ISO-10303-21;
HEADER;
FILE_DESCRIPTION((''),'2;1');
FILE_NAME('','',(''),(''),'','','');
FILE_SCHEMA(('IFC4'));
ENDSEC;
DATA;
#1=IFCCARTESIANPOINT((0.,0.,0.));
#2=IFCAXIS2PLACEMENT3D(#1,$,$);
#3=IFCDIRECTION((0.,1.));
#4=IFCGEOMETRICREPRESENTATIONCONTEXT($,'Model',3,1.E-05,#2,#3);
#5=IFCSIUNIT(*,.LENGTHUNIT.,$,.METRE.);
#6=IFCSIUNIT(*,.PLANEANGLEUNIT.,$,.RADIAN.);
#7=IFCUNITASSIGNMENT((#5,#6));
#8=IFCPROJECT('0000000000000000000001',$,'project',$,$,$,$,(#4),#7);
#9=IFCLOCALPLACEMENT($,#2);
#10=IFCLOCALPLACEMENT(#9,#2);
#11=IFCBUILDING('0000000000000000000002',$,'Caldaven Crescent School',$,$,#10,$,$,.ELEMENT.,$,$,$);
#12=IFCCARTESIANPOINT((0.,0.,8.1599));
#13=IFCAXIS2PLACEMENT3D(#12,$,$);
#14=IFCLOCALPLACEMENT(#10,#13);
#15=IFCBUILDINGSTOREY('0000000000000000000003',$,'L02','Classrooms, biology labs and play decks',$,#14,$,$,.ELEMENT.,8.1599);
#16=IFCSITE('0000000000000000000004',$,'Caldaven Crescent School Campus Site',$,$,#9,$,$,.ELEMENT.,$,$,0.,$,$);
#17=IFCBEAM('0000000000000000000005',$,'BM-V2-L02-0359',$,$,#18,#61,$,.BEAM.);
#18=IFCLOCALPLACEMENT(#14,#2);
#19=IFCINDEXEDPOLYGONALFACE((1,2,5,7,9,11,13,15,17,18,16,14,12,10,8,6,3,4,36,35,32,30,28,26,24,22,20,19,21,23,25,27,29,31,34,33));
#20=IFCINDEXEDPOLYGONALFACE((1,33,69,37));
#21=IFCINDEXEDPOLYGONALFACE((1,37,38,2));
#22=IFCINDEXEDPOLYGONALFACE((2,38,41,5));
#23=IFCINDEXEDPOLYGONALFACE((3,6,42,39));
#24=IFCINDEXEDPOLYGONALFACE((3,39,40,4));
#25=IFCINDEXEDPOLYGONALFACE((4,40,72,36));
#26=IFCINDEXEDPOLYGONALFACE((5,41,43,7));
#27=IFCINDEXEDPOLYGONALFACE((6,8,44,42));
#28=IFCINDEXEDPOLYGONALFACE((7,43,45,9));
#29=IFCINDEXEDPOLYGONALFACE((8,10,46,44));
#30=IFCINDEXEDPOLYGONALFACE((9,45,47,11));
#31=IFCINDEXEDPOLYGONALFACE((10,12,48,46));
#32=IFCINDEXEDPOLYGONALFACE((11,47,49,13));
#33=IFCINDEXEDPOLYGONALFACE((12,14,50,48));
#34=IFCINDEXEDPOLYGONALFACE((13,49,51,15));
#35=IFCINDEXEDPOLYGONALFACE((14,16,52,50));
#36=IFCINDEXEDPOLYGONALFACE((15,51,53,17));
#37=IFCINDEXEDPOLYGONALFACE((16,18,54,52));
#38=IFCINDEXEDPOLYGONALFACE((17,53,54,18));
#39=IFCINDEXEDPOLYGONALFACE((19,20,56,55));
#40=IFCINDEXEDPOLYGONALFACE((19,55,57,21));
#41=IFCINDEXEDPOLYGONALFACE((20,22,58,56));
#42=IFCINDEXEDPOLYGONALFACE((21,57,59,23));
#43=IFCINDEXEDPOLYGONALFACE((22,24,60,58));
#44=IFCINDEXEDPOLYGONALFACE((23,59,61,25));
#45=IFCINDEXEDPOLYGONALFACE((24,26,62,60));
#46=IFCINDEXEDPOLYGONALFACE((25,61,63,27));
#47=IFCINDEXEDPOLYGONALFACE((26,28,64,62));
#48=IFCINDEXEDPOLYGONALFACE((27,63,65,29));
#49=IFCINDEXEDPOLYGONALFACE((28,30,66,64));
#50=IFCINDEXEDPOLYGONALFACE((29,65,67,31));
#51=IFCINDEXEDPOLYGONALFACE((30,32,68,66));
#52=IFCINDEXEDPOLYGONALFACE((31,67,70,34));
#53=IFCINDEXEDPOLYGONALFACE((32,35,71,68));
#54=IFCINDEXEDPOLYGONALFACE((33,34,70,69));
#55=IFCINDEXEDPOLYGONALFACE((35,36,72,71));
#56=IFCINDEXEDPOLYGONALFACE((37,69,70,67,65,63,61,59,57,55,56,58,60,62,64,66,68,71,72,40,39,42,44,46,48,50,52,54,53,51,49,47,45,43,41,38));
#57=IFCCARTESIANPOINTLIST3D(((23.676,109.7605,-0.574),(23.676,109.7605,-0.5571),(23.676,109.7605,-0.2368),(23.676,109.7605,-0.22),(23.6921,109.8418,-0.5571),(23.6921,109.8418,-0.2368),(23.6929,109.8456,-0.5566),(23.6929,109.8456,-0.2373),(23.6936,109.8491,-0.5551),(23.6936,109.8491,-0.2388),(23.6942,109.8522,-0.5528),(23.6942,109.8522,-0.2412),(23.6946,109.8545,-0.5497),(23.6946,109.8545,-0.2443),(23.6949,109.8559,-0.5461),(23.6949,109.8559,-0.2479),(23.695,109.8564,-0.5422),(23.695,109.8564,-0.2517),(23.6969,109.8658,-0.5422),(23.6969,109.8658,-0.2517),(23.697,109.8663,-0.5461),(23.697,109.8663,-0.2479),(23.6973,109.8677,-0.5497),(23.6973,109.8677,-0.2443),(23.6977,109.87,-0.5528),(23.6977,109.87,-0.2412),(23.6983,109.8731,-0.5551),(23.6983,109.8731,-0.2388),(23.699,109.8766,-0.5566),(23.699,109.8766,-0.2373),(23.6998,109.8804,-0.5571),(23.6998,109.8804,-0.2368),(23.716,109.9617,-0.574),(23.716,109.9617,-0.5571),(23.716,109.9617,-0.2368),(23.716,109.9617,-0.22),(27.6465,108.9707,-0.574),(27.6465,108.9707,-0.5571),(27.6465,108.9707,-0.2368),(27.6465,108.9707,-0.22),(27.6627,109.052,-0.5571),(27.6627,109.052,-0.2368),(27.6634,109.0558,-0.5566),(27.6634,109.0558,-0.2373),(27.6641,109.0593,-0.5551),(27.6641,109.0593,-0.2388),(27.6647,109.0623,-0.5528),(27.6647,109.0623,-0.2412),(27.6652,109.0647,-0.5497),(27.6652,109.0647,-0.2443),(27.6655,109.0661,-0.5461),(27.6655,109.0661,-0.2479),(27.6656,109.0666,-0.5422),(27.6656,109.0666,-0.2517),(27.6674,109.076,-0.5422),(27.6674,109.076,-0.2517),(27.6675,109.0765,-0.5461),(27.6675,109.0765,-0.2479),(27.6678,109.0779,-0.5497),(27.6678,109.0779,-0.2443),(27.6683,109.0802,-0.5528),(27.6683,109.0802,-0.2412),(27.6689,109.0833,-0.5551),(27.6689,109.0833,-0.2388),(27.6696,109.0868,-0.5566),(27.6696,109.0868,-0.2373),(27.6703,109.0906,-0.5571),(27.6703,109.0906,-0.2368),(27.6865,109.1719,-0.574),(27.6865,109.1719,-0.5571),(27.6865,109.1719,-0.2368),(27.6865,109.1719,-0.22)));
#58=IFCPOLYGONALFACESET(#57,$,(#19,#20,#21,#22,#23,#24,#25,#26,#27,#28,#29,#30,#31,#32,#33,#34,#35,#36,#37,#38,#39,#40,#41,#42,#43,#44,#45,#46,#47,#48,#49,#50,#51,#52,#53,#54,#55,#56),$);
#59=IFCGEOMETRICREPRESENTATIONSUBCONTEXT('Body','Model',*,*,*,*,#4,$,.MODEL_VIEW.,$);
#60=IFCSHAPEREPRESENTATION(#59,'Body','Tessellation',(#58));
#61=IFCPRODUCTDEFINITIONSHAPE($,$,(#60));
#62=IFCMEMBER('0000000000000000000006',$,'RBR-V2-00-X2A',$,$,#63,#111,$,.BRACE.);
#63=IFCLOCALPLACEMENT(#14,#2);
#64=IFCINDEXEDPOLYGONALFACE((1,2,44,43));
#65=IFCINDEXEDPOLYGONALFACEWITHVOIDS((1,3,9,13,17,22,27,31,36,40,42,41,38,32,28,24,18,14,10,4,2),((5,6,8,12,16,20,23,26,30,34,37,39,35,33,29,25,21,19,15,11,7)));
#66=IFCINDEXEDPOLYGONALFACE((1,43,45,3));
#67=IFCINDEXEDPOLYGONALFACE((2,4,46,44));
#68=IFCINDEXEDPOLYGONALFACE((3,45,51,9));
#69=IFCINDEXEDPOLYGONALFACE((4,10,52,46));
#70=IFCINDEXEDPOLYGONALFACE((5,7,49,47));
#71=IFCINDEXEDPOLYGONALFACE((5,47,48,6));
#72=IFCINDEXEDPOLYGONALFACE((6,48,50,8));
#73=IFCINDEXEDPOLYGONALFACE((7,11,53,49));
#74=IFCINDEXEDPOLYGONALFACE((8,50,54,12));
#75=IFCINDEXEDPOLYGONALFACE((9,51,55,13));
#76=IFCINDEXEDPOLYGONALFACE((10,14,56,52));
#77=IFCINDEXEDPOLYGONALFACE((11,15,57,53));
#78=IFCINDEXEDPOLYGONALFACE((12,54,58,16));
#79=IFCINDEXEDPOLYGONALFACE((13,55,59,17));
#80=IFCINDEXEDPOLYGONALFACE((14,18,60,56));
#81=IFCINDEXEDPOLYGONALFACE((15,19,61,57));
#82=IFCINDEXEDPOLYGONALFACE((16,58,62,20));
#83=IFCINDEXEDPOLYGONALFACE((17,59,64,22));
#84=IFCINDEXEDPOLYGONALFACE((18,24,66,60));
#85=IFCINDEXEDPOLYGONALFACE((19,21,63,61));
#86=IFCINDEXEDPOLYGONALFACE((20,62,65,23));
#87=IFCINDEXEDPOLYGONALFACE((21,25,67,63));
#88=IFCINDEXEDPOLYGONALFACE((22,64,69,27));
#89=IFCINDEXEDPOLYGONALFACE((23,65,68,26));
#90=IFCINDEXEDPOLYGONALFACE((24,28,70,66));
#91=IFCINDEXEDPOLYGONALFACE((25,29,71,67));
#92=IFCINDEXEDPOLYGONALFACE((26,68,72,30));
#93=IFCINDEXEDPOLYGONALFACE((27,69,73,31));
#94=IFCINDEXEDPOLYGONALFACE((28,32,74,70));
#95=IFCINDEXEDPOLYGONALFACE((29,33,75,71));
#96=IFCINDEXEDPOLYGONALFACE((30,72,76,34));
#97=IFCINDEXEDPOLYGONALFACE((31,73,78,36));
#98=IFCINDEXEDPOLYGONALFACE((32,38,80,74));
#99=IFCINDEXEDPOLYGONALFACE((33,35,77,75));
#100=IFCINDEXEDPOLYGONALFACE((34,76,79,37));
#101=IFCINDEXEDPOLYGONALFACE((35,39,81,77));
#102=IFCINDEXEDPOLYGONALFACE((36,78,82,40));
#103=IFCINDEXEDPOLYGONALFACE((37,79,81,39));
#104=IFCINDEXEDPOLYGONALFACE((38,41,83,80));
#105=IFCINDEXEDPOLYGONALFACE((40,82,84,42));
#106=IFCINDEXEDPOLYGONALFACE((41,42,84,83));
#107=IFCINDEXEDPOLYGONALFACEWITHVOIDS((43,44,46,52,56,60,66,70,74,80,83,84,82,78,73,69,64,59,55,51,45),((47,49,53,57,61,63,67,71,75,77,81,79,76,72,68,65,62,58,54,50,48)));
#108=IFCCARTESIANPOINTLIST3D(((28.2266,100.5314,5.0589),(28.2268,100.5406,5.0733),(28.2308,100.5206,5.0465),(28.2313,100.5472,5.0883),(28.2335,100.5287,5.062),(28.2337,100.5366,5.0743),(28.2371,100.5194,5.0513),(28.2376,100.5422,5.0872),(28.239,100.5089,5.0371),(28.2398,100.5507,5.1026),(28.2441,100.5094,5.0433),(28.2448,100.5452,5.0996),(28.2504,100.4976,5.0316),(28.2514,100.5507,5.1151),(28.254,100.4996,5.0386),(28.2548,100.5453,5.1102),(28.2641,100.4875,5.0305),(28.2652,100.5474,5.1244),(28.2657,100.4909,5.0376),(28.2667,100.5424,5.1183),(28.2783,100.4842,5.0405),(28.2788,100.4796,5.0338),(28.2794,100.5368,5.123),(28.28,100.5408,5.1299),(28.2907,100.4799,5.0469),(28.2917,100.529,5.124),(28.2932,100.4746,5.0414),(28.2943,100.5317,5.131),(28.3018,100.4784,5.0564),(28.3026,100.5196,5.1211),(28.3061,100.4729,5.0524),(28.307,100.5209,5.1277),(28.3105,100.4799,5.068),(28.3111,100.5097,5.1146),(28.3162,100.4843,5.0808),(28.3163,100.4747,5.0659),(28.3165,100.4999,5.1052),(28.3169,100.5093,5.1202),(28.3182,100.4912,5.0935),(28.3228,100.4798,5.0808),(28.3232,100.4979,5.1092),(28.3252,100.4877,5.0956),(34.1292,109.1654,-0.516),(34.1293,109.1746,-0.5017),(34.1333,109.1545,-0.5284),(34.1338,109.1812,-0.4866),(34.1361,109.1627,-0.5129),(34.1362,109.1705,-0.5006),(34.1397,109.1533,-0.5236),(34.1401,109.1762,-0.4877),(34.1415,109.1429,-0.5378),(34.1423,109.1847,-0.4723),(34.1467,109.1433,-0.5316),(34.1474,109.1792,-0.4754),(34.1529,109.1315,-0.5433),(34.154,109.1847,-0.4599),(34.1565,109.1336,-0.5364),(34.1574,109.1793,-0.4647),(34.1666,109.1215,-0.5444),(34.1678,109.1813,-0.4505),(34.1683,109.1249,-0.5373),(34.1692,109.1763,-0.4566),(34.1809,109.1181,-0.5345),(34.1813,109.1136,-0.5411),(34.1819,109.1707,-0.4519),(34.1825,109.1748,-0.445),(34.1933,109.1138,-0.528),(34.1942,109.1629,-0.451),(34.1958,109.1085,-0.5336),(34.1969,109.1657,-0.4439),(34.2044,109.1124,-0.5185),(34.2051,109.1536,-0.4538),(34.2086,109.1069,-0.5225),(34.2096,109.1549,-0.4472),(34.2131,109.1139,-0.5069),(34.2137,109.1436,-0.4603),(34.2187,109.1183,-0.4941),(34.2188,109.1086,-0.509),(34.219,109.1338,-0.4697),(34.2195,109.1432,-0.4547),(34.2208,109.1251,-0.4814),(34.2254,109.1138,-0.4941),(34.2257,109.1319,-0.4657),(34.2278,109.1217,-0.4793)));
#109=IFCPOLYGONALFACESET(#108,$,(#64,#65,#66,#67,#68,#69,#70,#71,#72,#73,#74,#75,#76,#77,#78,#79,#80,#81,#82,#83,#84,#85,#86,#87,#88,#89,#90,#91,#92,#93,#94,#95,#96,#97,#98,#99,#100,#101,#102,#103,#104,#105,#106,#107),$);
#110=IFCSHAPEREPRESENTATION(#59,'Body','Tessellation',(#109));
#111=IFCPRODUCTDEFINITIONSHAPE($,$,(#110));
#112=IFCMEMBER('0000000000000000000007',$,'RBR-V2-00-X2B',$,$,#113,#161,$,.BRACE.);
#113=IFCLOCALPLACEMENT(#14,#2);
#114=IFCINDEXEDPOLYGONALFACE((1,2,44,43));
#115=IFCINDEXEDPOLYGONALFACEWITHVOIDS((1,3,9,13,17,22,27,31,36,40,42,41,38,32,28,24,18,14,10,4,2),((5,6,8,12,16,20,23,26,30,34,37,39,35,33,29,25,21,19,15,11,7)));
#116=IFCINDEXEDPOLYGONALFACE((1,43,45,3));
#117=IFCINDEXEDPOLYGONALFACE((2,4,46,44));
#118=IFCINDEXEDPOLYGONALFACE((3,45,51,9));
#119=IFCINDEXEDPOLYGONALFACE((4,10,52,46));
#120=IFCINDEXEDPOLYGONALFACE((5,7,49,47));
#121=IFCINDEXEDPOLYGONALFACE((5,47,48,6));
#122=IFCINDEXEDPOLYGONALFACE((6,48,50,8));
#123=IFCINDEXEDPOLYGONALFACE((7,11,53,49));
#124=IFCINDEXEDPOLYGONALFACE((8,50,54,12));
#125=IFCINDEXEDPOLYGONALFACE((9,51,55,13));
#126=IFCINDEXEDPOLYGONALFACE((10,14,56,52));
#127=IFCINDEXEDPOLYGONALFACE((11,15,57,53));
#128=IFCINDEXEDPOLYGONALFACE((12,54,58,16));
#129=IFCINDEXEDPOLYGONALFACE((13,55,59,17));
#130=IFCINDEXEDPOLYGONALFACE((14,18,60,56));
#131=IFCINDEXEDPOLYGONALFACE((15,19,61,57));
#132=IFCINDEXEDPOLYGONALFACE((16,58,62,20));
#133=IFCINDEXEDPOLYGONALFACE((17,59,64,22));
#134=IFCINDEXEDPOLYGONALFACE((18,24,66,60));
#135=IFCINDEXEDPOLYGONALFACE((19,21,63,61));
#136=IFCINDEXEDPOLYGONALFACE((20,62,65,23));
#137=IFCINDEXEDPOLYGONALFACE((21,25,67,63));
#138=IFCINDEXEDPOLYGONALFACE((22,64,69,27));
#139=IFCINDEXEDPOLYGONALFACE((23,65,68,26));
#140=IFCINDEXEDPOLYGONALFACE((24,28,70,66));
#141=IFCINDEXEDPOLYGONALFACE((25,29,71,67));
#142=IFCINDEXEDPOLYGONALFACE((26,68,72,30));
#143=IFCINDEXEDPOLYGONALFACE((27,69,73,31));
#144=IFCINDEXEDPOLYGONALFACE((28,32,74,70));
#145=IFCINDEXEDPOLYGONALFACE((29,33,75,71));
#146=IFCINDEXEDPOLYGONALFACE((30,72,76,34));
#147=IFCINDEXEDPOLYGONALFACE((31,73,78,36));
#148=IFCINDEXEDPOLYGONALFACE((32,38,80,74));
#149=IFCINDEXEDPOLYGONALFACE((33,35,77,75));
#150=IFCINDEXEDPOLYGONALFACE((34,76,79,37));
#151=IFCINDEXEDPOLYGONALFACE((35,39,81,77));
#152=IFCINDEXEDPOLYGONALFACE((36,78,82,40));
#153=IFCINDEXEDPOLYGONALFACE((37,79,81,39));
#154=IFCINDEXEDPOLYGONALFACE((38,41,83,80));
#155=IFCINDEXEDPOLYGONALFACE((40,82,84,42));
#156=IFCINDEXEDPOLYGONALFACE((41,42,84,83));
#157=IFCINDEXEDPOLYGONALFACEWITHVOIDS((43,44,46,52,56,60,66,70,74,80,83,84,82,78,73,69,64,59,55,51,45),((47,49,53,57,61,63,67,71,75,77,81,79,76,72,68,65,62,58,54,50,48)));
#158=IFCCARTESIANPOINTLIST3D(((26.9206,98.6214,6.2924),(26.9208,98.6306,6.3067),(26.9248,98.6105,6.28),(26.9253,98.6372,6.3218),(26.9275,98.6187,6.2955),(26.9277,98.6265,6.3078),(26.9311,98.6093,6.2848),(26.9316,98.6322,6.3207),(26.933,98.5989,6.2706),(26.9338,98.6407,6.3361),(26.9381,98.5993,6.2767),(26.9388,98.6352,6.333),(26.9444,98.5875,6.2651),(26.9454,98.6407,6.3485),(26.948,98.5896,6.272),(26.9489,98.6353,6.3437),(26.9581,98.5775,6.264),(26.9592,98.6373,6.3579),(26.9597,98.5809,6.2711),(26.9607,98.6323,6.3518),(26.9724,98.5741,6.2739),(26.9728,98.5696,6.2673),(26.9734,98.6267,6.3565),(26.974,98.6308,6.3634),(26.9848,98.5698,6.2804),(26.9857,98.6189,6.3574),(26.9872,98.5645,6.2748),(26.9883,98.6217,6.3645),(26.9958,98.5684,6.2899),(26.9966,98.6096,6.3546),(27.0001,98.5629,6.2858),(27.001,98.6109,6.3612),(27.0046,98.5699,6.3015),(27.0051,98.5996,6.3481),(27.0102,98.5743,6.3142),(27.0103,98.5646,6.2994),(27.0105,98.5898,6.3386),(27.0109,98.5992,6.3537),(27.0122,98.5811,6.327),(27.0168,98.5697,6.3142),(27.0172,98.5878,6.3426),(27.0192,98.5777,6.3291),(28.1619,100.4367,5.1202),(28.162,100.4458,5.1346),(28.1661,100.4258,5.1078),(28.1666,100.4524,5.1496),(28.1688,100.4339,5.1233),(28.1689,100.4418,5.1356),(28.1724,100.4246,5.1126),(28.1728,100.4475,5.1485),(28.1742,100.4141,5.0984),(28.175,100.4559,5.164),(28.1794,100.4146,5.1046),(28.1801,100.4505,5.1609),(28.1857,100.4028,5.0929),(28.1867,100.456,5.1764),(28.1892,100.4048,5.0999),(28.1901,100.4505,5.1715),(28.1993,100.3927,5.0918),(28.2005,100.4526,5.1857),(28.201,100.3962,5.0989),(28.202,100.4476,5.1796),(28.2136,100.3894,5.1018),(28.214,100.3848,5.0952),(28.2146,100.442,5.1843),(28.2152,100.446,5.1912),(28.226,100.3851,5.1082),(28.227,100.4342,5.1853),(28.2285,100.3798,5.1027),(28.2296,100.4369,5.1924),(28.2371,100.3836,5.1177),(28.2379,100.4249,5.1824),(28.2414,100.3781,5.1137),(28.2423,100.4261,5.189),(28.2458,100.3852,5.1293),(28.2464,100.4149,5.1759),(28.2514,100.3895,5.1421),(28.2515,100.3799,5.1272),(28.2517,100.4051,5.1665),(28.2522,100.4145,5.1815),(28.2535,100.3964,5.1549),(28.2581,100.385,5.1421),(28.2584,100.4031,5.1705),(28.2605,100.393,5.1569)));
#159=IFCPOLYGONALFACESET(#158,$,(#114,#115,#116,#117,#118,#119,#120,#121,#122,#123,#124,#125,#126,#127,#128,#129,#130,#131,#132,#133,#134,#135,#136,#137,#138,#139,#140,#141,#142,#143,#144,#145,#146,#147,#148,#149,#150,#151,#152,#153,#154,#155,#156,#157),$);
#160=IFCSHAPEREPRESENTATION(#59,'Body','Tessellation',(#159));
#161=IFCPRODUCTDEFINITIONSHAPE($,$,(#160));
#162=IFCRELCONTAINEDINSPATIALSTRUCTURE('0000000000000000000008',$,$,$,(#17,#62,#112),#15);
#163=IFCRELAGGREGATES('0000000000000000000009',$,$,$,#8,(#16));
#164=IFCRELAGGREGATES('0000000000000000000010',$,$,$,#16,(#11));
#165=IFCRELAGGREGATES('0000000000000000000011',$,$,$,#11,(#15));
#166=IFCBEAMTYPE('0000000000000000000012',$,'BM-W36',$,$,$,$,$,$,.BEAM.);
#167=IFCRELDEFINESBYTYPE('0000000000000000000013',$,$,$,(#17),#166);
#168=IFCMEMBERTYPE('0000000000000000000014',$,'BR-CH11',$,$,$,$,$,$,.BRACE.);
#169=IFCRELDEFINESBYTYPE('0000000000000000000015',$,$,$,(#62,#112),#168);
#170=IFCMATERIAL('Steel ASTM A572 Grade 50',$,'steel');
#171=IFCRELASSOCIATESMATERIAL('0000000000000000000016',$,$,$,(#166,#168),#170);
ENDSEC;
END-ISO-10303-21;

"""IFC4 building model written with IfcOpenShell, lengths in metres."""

from ifc_helpers import new_model, si_unit, direction, frame, origin, origin_2d, place, context, subcontext, project, spatial, hollow_circle, i_section, extrude, material, material_profile, profile_set, type_object, element, save


model = new_model("IFC4")

# Units and contexts
model_context = context("Model", 3, precision=1e-05, world=origin(), true_north=direction((0.0, 1.0)))
body_context = subcontext(model_context, "Body", "Model", "MODEL_VIEW")
ifc_project = project(units=[si_unit("LENGTHUNIT", "METRE"), si_unit("PLANEANGLEUNIT", "RADIAN")], contexts=[model_context])

# Site, building, storey
site_placement = place(None, origin())
site = spatial("IfcSite", under=ifc_project, at=site_placement, Name="Caldaven Crescent School Campus Site", CompositionType="ELEMENT", RefElevation=0.0)
building_placement = place(site_placement, origin())
building = spatial("IfcBuilding", under=site, at=building_placement, Name="Caldaven Crescent School", CompositionType="ELEMENT")
storey_placement = place(building_placement, frame((0.0, 0.0, 8.1599)))
storey = spatial("IfcBuildingStorey", under=building, at=storey_placement, Name="L02", Description="Classrooms, biology labs and play decks", CompositionType="ELEMENT", Elevation=8.1599)

# Beam
ifc_material_1 = material(Name="Steel ASTM A572 Grade 50", Category="steel")
ifc_material_profile_1 = material_profile(ifc_material_1, i_section(OverallWidth=0.2051, OverallDepth=0.354, WebThickness=0.0095, FlangeThickness=0.0168, FilletRadius=0.0149, at=origin_2d()), Name="W360x79")
ifc_profile_set_1 = profile_set([ifc_material_profile_1], Name="Steel ASTM A572 Grade 50")
beam_type_1 = type_object("IfcBeamType", Name="BM-W36", PredefinedType="BEAM", material=ifc_profile_set_1)
beam_1_placement = place(storey_placement, frame((27.6665, 109.0713, -0.397), z_axis=(-0.980784, 0.195095, 0.0), x_axis=(-0.195095, -0.980784, 0.0)))
element("IfcBeam", 1, at=beam_1_placement, inside=storey, type_object=beam_type_1, Name="BM-V2-L02-0359", PredefinedType="BEAM", context=body_context, shape_type="SweptSolid", body=[
    extrude(i_section(OverallWidth=0.2051, OverallDepth=0.354, WebThickness=0.0095, FlangeThickness=0.0168, FilletRadius=0.0149, at=origin_2d()), origin(), (0.0, 0.0, 1.0), 4.0483),
])

# Members
ifc_material_profile_2 = material_profile(ifc_material_1, hollow_circle(Radius=0.0571, WallThickness=0.0081, at=origin_2d()), Name="CHS 114.3x8.0")
ifc_profile_set_2 = profile_set([ifc_material_profile_2], Name="Steel ASTM A572 Grade 50")
member_type_1 = type_object("IfcMemberType", Name="BR-CH11", PredefinedType="BRACE", material=ifc_profile_set_2)
member_1_placement = place(storey_placement, frame((34.1782, 109.146, -0.4941), z_axis=(-0.49803, -0.728495, 0.470385), x_axis=(0.825526, -0.564364, 0.0)))
element("IfcMember", 2, at=member_1_placement, inside=storey, type_object=member_type_1, Name="RBR-V2-00-X2A", PredefinedType="BRACE", context=body_context, shape_type="SweptSolid", body=[
    extrude(hollow_circle(Radius=0.0571, WallThickness=0.0081, at=origin_2d()), origin(), (0.0, 0.0, 1.0), 11.8518),
])
member_2_placement = place(storey_placement, frame((28.2109, 100.4172, 5.1421), z_axis=(-0.498106, -0.728446, 0.470379), x_axis=(0.825468, -0.564449, 0.0)))
element("IfcMember", 3, at=member_2_placement, inside=storey, type_object=member_type_1, Name="RBR-V2-00-X2B", PredefinedType="BRACE", context=body_context, shape_type="SweptSolid", body=[
    extrude(hollow_circle(Radius=0.0571, WallThickness=0.0081, at=origin_2d()), origin(), (0.0, 0.0, 1.0), 2.4919),
])

save(model, "model.ifc")
